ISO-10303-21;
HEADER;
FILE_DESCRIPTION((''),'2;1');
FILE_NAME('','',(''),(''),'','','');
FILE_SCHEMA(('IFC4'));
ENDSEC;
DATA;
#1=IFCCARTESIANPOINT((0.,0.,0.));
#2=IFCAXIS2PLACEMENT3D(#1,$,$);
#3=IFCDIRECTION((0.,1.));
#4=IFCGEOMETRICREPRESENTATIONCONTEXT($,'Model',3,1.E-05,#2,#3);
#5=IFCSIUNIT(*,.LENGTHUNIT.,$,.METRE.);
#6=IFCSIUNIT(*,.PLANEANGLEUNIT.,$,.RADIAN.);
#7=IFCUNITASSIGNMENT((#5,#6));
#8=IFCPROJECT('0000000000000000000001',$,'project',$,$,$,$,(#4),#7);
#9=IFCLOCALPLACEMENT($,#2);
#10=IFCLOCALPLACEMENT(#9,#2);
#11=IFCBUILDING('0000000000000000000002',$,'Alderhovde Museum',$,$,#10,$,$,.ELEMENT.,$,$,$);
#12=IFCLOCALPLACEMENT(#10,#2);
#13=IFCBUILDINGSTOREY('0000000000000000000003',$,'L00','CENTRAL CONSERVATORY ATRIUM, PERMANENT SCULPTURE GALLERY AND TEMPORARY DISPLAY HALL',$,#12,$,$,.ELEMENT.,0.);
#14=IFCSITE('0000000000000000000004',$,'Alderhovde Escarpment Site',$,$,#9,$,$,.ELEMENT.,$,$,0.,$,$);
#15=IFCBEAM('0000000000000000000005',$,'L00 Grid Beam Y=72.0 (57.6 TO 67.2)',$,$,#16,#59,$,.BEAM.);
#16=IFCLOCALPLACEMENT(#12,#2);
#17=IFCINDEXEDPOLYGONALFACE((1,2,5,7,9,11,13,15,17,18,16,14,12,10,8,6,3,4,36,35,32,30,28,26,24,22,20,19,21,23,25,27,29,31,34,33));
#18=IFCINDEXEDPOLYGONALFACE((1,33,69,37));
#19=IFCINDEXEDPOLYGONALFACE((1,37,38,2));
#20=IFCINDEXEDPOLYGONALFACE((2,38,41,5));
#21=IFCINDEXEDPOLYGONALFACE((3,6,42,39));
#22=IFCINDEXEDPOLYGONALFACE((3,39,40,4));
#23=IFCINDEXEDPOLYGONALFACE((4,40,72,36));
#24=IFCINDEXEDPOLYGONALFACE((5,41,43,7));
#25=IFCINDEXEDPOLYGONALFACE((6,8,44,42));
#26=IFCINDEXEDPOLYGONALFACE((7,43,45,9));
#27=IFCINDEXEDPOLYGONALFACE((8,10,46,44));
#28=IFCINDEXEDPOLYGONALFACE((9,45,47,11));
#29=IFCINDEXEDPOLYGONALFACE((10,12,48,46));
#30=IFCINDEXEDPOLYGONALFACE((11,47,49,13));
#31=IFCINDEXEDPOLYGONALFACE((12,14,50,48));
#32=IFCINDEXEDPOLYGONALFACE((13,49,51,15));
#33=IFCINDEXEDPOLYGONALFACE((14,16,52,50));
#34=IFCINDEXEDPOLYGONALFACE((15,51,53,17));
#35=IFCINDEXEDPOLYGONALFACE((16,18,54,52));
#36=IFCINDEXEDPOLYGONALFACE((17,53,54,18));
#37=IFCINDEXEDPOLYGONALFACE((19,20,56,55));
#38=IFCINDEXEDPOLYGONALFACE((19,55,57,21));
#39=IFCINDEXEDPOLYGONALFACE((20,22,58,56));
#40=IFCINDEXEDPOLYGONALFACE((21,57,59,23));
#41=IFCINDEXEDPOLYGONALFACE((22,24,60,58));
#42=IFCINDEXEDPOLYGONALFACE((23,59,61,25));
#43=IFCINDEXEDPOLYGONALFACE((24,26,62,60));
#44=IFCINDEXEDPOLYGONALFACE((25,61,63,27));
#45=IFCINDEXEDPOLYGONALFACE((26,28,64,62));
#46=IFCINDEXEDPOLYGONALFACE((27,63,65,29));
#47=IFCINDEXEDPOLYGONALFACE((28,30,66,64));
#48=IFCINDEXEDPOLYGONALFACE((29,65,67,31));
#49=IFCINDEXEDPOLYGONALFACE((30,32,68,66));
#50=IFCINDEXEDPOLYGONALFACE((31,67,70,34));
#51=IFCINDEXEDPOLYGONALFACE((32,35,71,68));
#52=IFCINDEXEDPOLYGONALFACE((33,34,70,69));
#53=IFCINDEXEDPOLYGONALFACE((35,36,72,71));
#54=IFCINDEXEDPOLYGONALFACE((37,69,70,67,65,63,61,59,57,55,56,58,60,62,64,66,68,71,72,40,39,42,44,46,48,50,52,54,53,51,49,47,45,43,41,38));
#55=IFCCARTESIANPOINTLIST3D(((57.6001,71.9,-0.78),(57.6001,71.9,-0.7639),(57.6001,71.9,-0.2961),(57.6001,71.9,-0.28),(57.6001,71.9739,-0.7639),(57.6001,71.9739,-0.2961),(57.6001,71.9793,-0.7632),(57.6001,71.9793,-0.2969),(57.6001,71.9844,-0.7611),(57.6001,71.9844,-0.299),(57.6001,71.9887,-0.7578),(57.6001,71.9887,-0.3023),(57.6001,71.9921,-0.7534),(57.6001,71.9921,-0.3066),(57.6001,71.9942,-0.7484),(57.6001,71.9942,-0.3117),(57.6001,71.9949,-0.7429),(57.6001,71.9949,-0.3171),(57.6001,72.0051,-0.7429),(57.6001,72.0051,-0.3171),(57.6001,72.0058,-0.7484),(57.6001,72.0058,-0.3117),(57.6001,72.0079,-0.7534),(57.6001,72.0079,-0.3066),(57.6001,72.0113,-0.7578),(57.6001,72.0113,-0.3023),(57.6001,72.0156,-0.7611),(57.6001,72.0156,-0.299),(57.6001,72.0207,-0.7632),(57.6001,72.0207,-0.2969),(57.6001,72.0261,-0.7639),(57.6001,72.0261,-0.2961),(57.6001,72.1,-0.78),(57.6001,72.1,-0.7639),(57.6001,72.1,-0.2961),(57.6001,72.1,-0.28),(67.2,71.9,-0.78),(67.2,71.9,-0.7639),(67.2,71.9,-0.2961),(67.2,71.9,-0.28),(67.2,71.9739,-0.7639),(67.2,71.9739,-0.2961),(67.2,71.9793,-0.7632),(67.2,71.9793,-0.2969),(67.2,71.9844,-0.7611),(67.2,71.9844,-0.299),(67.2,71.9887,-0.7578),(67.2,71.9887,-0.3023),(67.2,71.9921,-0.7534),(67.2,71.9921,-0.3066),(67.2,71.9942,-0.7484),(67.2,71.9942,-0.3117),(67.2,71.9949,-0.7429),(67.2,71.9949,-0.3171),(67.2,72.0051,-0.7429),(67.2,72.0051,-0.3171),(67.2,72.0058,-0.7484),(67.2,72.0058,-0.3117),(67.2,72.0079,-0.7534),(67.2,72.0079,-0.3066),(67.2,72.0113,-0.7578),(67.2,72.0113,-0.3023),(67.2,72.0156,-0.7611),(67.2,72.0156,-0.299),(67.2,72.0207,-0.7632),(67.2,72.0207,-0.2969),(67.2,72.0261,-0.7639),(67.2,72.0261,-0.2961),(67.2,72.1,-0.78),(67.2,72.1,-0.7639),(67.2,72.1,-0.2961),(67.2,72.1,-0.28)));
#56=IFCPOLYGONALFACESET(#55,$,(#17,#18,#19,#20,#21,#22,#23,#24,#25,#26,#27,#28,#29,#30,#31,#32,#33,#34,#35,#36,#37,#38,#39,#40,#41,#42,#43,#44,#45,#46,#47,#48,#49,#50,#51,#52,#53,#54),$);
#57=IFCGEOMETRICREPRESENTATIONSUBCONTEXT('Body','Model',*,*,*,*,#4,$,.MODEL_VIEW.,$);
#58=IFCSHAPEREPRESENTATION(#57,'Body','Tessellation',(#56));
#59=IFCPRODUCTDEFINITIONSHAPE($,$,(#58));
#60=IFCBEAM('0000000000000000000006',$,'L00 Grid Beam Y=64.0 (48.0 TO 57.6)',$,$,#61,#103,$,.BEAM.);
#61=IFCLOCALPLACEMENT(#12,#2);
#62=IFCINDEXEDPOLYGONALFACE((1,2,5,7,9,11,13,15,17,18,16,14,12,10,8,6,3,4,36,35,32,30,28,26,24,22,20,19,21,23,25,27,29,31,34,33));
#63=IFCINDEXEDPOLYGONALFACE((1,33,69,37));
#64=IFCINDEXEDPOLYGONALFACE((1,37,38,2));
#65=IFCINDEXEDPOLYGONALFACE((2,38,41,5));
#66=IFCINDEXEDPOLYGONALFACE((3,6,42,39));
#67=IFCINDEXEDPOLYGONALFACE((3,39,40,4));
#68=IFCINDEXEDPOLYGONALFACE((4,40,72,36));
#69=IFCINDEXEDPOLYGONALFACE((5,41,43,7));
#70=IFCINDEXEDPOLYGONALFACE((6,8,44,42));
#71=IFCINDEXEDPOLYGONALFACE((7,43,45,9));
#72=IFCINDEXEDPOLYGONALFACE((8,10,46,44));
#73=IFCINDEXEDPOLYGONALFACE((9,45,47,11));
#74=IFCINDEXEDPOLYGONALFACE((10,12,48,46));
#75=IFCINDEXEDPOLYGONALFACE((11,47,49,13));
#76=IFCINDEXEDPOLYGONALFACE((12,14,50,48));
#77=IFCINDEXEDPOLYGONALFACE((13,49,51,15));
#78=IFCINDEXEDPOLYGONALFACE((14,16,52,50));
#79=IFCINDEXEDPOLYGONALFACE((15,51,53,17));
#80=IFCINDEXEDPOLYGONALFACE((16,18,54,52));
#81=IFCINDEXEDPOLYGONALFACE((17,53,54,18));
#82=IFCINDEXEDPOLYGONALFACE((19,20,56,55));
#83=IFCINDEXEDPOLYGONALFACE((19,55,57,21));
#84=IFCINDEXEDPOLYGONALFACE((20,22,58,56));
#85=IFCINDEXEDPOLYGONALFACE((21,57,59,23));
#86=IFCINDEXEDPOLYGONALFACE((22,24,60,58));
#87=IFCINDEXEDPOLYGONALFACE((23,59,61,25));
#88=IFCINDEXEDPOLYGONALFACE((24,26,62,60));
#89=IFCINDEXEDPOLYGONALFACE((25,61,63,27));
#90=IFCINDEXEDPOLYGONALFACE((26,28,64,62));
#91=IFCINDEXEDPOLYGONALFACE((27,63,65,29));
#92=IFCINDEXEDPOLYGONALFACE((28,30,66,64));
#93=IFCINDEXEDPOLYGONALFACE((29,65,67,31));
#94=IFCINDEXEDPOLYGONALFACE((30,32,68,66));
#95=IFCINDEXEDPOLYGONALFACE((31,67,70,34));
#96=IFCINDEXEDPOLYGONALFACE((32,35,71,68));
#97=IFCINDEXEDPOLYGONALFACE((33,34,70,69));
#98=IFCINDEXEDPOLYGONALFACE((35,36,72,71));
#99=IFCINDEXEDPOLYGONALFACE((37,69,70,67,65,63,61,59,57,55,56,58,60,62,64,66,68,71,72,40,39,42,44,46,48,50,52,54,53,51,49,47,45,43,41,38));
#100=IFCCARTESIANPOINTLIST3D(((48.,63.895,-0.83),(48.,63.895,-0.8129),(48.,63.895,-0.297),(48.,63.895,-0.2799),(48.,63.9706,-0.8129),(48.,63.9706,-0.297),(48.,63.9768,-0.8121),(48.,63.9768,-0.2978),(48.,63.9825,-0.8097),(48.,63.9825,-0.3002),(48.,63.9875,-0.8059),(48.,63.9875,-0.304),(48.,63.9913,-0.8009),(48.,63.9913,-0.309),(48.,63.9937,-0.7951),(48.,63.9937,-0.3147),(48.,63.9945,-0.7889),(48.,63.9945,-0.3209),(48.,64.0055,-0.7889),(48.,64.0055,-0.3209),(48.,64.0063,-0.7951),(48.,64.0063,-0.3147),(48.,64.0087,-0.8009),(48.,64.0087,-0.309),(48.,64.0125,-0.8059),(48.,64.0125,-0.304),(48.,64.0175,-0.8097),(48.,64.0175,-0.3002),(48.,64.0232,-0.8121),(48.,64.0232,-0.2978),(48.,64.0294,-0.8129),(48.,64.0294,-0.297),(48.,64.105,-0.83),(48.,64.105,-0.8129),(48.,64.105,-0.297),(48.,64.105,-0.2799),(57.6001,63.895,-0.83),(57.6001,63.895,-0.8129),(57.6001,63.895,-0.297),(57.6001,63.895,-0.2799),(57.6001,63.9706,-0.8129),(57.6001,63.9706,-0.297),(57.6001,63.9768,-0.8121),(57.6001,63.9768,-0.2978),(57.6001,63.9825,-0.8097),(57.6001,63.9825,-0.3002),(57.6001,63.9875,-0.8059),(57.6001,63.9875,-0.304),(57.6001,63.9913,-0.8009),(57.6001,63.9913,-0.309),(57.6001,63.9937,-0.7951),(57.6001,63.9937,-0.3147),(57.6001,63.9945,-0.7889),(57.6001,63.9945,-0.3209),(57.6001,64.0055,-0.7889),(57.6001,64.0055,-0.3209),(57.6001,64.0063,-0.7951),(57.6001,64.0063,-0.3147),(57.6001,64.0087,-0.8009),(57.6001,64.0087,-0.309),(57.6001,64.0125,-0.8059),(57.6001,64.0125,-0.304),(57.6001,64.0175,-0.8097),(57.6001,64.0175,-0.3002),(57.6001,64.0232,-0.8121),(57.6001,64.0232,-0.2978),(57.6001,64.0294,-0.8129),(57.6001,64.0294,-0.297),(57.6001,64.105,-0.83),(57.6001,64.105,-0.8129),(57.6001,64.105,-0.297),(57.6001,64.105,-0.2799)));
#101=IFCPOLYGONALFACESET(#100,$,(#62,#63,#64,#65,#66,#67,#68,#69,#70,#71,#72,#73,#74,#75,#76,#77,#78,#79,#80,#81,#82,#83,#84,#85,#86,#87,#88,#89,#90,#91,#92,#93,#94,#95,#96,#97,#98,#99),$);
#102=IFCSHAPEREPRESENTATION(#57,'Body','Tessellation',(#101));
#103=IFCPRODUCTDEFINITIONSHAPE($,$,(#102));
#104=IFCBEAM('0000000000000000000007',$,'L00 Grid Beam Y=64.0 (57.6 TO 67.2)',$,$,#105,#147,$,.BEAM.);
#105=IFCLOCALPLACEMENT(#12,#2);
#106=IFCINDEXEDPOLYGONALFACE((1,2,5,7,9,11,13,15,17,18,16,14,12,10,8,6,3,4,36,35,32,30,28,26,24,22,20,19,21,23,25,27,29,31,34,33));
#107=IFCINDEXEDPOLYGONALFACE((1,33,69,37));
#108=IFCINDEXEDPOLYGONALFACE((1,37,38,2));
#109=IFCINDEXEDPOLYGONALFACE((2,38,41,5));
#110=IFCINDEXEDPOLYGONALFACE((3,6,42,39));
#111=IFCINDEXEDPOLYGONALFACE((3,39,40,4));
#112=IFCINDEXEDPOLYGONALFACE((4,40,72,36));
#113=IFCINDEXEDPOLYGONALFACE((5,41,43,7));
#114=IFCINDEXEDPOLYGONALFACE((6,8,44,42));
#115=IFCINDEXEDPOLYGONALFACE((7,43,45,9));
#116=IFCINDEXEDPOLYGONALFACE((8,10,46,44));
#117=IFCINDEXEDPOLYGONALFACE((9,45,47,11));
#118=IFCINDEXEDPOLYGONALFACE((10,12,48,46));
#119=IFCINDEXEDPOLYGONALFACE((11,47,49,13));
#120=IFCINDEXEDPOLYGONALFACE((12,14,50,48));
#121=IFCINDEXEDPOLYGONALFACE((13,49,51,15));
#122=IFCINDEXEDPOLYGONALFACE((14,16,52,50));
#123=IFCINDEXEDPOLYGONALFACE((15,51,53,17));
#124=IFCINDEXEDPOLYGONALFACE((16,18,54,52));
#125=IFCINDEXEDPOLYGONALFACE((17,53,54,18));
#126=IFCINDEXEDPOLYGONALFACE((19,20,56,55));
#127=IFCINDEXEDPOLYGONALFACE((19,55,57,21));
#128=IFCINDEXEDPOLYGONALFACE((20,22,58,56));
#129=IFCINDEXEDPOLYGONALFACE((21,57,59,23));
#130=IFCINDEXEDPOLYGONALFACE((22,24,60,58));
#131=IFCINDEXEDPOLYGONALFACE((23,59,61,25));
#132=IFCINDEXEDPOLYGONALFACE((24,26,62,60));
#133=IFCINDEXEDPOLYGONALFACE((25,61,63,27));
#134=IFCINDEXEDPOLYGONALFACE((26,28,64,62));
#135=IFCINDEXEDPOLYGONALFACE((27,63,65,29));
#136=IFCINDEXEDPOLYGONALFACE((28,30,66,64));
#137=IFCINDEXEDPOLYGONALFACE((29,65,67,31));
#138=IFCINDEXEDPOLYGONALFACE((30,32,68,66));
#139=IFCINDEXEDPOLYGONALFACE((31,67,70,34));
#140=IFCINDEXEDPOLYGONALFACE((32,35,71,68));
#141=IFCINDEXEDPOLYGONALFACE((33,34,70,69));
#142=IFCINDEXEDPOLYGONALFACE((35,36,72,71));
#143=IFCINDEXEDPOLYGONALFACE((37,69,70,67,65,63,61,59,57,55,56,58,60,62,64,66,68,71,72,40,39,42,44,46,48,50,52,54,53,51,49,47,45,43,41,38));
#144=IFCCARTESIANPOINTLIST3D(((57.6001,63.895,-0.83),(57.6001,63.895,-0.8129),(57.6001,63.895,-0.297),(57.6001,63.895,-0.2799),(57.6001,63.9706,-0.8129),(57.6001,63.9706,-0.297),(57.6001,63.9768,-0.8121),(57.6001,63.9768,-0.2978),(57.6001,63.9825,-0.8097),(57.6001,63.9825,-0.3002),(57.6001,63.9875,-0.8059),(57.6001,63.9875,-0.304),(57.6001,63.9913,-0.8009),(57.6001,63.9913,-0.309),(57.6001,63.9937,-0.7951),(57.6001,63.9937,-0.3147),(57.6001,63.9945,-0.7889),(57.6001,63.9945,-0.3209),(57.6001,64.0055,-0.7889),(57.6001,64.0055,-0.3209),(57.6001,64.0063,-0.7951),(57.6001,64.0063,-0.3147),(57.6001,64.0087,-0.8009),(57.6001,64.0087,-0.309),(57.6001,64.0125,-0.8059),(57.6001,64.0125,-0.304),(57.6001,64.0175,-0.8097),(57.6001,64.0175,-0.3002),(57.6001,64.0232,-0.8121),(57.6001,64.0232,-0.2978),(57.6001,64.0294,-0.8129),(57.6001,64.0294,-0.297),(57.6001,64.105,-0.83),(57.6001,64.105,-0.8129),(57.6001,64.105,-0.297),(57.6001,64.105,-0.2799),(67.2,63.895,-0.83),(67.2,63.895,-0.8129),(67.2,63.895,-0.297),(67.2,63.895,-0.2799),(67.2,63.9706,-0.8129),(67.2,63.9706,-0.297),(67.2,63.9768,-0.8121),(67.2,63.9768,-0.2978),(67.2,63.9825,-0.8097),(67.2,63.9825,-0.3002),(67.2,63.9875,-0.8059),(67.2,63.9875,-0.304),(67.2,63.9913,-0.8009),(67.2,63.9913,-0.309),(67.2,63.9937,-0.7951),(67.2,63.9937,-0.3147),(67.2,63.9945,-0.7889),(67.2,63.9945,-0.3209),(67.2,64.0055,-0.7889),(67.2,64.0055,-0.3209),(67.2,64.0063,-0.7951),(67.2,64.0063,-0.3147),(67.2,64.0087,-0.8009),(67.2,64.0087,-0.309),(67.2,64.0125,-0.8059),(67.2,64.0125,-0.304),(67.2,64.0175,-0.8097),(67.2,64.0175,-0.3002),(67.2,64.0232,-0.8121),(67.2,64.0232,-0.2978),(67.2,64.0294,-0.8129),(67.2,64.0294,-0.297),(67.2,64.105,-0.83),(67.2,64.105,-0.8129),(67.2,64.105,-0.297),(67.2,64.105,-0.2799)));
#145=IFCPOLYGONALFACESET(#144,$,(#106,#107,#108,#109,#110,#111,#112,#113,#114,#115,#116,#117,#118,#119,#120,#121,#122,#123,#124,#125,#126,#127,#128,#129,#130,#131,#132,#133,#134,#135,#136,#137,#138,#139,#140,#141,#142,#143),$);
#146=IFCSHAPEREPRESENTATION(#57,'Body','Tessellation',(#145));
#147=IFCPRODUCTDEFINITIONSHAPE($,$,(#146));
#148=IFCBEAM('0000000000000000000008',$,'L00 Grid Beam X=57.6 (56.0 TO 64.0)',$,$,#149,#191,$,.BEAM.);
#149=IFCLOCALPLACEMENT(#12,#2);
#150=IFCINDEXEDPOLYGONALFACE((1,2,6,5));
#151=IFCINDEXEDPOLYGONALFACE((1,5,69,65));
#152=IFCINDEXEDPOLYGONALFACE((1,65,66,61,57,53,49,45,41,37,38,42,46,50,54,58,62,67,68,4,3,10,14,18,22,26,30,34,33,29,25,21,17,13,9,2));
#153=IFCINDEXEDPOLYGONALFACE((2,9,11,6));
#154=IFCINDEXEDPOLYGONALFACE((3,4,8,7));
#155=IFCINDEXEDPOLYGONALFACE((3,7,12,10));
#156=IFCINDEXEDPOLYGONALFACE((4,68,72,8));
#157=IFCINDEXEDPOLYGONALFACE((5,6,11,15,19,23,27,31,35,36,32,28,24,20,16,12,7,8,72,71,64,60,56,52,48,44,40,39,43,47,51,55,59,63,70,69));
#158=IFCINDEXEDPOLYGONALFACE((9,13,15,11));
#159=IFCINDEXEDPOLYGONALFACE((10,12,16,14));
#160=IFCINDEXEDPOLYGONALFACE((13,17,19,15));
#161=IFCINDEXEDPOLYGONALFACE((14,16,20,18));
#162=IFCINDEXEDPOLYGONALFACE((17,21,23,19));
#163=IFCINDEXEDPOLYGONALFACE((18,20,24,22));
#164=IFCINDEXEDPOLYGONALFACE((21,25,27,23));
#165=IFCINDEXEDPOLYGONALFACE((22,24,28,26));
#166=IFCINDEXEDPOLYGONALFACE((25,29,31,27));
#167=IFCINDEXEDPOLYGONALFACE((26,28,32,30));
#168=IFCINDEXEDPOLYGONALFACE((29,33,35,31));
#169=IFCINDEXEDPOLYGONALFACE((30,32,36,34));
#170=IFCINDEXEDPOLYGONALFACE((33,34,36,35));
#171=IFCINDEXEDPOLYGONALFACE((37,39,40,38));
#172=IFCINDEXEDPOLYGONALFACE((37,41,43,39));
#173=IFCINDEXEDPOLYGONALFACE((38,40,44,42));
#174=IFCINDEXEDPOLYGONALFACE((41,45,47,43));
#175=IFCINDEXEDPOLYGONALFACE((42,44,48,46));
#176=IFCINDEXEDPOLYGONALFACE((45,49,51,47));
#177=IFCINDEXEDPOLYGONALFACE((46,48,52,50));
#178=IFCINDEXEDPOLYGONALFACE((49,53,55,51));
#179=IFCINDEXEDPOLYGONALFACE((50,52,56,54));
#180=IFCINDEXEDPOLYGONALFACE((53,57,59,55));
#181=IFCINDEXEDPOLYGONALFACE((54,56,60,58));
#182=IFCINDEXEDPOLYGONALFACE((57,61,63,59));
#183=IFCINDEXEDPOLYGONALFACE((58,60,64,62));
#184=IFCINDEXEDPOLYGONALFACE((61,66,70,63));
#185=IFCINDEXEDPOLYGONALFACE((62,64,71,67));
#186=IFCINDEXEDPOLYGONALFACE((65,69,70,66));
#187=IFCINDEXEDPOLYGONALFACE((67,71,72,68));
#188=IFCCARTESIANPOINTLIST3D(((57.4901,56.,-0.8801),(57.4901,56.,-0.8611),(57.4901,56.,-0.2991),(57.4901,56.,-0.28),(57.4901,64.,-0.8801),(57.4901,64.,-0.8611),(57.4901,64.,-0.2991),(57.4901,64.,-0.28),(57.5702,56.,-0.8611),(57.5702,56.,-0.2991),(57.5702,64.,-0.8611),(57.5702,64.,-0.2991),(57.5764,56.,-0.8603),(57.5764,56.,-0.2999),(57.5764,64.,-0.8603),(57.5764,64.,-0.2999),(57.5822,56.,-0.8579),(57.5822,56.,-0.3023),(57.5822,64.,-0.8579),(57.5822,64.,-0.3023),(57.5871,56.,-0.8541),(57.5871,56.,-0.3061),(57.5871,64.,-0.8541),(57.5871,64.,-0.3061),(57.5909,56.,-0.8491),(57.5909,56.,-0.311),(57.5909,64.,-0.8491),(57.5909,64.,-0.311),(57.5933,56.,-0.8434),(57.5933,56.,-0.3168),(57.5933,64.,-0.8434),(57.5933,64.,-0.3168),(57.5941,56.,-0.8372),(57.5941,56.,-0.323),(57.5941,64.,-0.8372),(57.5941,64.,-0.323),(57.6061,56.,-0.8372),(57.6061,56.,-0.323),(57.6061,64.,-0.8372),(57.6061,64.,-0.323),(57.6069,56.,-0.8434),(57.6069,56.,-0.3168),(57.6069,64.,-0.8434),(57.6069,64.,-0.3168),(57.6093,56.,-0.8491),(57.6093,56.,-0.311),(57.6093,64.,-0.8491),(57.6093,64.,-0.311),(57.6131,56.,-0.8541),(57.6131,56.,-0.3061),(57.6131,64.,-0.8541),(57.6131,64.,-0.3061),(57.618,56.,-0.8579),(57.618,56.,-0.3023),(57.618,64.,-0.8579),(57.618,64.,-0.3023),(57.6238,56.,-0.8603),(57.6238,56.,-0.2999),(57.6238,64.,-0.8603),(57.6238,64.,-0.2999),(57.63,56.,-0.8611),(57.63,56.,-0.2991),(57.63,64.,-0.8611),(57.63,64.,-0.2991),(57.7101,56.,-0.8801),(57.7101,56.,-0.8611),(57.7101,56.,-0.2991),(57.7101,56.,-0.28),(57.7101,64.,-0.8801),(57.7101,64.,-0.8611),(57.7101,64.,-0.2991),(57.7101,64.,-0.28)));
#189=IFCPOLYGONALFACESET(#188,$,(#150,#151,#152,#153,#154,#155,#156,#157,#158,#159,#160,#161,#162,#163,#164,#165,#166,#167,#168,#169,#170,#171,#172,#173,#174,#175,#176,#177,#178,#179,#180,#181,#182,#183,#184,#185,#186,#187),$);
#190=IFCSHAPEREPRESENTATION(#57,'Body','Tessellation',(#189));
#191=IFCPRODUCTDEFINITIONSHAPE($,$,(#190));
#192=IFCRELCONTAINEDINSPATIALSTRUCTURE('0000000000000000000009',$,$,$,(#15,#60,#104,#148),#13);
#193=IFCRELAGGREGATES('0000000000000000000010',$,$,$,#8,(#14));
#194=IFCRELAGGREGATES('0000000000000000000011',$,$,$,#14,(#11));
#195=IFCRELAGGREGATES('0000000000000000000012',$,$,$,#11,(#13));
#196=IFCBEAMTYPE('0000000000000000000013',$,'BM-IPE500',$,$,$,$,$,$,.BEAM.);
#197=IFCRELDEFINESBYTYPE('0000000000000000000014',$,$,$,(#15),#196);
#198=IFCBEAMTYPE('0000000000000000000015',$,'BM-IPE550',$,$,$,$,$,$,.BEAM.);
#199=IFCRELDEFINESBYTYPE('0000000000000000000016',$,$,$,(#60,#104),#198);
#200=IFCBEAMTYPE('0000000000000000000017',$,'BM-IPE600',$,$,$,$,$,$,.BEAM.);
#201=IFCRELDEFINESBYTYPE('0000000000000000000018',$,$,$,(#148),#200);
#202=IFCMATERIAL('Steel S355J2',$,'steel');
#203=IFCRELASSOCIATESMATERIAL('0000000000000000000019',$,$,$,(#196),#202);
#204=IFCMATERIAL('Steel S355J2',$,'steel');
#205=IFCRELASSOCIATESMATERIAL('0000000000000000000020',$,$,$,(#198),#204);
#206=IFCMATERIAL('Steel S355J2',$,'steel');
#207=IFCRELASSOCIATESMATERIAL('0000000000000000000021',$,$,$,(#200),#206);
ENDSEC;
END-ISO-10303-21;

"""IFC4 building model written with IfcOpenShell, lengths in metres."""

from ifc_helpers import new_model, si_unit, direction, frame, origin, origin_2d, place, context, subcontext, project, spatial, i_section, extrude, material, material_profile, profile_set, type_object, element, save


model = new_model("IFC4")

# Units and contexts
model_context = context("Model", 3, precision=1e-05, world=origin(), true_north=direction((0.0, 1.0)))
body_context = subcontext(model_context, "Body", "Model", "MODEL_VIEW")
ifc_project = project(units=[si_unit("LENGTHUNIT", "METRE"), si_unit("PLANEANGLEUNIT", "RADIAN")], contexts=[model_context])

# Site, building, storey
site_placement = place(None, origin())
site = spatial("IfcSite", under=ifc_project, at=site_placement, Name="Alderhovde Escarpment Site", CompositionType="ELEMENT", RefElevation=0.0)
building_placement = place(site_placement, origin())
building = spatial("IfcBuilding", under=site, at=building_placement, Name="Alderhovde Museum", CompositionType="ELEMENT")
storey_placement = place(building_placement, origin())
storey = spatial("IfcBuildingStorey", under=building, at=storey_placement, Name="L00", Description="CENTRAL CONSERVATORY ATRIUM, PERMANENT SCULPTURE GALLERY AND TEMPORARY DISPLAY HALL", CompositionType="ELEMENT", Elevation=0.0)

# Beams
ifc_material_1 = material(Name="Steel S355J2", Category="steel")
ifc_material_profile_1 = material_profile(ifc_material_1, i_section(OverallWidth=0.2, OverallDepth=0.5, WebThickness=0.0103, FlangeThickness=0.0161, FilletRadius=0.021, at=origin_2d()), Name="IPE 500")
ifc_profile_set_1 = profile_set([ifc_material_profile_1], Name="Steel S355J2")
beam_type_1 = type_object("IfcBeamType", Name="BM-IPE500", PredefinedType="BEAM", material=ifc_profile_set_1)
beam_1_placement = place(storey_placement, frame((57.6001, 72.0, -0.53), z_axis=(1.0, 0.0, 0.0), x_axis=(0.0, 1.0, 0.0)))
element("IfcBeam", 1, at=beam_1_placement, inside=storey, type_object=beam_type_1, Name="L00 Grid Beam Y=72.0 (57.6 TO 67.2)", PredefinedType="BEAM", context=body_context, shape_type="SweptSolid", body=[
    extrude(i_section(OverallWidth=0.2, OverallDepth=0.5, WebThickness=0.0103, FlangeThickness=0.0161, FilletRadius=0.021, at=origin_2d()), origin(), (0.0, 0.0, 1.0), 9.5999),
])
ifc_material_2 = material(Name="Steel S355J2", Category="steel")
ifc_material_profile_2 = material_profile(ifc_material_2, i_section(OverallWidth=0.21, OverallDepth=0.55, WebThickness=0.011, FlangeThickness=0.0171, FilletRadius=0.0239, at=origin_2d()), Name="IPE 550")
ifc_profile_set_2 = profile_set([ifc_material_profile_2], Name="Steel S355J2")
beam_type_2 = type_object("IfcBeamType", Name="BM-IPE550", PredefinedType="BEAM", material=ifc_profile_set_2)
beam_2_placement = place(storey_placement, frame((48.0, 64.0, -0.5549), z_axis=(1.0, 0.0, 0.0), x_axis=(0.0, 1.0, 0.0)))
element("IfcBeam", 2, at=beam_2_placement, inside=storey, type_object=beam_type_2, Name="L00 Grid Beam Y=64.0 (48.0 TO 57.6)", PredefinedType="BEAM", context=body_context, shape_type="SweptSolid", body=[
    extrude(i_section(OverallWidth=0.21, OverallDepth=0.55, WebThickness=0.011, FlangeThickness=0.0171, FilletRadius=0.0239, at=origin_2d()), origin(), (0.0, 0.0, 1.0), 9.6001),
])
beam_3_placement = place(storey_placement, frame((57.6001, 64.0, -0.5549), z_axis=(1.0, 0.0, 0.0), x_axis=(0.0, 1.0, 0.0)))
element("IfcBeam", 3, at=beam_3_placement, inside=storey, type_object=beam_type_2, Name="L00 Grid Beam Y=64.0 (57.6 TO 67.2)", PredefinedType="BEAM", context=body_context, shape_type="SweptSolid", body=[
    extrude(i_section(OverallWidth=0.21, OverallDepth=0.55, WebThickness=0.011, FlangeThickness=0.0171, FilletRadius=0.0239, at=origin_2d()), origin(), (0.0, 0.0, 1.0), 9.5999),
])
ifc_material_3 = material(Name="Steel S355J2", Category="steel")
ifc_material_profile_3 = material_profile(ifc_material_3, i_section(OverallWidth=0.22, OverallDepth=0.6001, WebThickness=0.012, FlangeThickness=0.019, FilletRadius=0.0239, at=origin_2d()), Name="IPE 600")
ifc_profile_set_3 = profile_set([ifc_material_profile_3], Name="Steel S355J2")
beam_type_3 = type_object("IfcBeamType", Name="BM-IPE600", PredefinedType="BEAM", material=ifc_profile_set_3)
for number, where, z_axis, x_axis, name in (
    (4, (57.6001, 56.0, -0.5801), (0.0, 1.0, 0.0), (-1.0, 0.0, 0.0), "L00 Grid Beam X=57.6 (56.0 TO 64.0)"),
):
    element("IfcBeam", number, at=place(storey_placement, frame(where, z_axis=z_axis, x_axis=x_axis)), inside=storey, type_object=beam_type_3, Name=name, PredefinedType="BEAM", context=body_context, shape_type="SweptSolid", body=[
        extrude(i_section(OverallWidth=0.22, OverallDepth=0.6001, WebThickness=0.012, FlangeThickness=0.019, FilletRadius=0.0239, at=origin_2d()), origin(), (0.0, 0.0, 1.0), 8.0),
    ])

save(model, "model.ifc")
